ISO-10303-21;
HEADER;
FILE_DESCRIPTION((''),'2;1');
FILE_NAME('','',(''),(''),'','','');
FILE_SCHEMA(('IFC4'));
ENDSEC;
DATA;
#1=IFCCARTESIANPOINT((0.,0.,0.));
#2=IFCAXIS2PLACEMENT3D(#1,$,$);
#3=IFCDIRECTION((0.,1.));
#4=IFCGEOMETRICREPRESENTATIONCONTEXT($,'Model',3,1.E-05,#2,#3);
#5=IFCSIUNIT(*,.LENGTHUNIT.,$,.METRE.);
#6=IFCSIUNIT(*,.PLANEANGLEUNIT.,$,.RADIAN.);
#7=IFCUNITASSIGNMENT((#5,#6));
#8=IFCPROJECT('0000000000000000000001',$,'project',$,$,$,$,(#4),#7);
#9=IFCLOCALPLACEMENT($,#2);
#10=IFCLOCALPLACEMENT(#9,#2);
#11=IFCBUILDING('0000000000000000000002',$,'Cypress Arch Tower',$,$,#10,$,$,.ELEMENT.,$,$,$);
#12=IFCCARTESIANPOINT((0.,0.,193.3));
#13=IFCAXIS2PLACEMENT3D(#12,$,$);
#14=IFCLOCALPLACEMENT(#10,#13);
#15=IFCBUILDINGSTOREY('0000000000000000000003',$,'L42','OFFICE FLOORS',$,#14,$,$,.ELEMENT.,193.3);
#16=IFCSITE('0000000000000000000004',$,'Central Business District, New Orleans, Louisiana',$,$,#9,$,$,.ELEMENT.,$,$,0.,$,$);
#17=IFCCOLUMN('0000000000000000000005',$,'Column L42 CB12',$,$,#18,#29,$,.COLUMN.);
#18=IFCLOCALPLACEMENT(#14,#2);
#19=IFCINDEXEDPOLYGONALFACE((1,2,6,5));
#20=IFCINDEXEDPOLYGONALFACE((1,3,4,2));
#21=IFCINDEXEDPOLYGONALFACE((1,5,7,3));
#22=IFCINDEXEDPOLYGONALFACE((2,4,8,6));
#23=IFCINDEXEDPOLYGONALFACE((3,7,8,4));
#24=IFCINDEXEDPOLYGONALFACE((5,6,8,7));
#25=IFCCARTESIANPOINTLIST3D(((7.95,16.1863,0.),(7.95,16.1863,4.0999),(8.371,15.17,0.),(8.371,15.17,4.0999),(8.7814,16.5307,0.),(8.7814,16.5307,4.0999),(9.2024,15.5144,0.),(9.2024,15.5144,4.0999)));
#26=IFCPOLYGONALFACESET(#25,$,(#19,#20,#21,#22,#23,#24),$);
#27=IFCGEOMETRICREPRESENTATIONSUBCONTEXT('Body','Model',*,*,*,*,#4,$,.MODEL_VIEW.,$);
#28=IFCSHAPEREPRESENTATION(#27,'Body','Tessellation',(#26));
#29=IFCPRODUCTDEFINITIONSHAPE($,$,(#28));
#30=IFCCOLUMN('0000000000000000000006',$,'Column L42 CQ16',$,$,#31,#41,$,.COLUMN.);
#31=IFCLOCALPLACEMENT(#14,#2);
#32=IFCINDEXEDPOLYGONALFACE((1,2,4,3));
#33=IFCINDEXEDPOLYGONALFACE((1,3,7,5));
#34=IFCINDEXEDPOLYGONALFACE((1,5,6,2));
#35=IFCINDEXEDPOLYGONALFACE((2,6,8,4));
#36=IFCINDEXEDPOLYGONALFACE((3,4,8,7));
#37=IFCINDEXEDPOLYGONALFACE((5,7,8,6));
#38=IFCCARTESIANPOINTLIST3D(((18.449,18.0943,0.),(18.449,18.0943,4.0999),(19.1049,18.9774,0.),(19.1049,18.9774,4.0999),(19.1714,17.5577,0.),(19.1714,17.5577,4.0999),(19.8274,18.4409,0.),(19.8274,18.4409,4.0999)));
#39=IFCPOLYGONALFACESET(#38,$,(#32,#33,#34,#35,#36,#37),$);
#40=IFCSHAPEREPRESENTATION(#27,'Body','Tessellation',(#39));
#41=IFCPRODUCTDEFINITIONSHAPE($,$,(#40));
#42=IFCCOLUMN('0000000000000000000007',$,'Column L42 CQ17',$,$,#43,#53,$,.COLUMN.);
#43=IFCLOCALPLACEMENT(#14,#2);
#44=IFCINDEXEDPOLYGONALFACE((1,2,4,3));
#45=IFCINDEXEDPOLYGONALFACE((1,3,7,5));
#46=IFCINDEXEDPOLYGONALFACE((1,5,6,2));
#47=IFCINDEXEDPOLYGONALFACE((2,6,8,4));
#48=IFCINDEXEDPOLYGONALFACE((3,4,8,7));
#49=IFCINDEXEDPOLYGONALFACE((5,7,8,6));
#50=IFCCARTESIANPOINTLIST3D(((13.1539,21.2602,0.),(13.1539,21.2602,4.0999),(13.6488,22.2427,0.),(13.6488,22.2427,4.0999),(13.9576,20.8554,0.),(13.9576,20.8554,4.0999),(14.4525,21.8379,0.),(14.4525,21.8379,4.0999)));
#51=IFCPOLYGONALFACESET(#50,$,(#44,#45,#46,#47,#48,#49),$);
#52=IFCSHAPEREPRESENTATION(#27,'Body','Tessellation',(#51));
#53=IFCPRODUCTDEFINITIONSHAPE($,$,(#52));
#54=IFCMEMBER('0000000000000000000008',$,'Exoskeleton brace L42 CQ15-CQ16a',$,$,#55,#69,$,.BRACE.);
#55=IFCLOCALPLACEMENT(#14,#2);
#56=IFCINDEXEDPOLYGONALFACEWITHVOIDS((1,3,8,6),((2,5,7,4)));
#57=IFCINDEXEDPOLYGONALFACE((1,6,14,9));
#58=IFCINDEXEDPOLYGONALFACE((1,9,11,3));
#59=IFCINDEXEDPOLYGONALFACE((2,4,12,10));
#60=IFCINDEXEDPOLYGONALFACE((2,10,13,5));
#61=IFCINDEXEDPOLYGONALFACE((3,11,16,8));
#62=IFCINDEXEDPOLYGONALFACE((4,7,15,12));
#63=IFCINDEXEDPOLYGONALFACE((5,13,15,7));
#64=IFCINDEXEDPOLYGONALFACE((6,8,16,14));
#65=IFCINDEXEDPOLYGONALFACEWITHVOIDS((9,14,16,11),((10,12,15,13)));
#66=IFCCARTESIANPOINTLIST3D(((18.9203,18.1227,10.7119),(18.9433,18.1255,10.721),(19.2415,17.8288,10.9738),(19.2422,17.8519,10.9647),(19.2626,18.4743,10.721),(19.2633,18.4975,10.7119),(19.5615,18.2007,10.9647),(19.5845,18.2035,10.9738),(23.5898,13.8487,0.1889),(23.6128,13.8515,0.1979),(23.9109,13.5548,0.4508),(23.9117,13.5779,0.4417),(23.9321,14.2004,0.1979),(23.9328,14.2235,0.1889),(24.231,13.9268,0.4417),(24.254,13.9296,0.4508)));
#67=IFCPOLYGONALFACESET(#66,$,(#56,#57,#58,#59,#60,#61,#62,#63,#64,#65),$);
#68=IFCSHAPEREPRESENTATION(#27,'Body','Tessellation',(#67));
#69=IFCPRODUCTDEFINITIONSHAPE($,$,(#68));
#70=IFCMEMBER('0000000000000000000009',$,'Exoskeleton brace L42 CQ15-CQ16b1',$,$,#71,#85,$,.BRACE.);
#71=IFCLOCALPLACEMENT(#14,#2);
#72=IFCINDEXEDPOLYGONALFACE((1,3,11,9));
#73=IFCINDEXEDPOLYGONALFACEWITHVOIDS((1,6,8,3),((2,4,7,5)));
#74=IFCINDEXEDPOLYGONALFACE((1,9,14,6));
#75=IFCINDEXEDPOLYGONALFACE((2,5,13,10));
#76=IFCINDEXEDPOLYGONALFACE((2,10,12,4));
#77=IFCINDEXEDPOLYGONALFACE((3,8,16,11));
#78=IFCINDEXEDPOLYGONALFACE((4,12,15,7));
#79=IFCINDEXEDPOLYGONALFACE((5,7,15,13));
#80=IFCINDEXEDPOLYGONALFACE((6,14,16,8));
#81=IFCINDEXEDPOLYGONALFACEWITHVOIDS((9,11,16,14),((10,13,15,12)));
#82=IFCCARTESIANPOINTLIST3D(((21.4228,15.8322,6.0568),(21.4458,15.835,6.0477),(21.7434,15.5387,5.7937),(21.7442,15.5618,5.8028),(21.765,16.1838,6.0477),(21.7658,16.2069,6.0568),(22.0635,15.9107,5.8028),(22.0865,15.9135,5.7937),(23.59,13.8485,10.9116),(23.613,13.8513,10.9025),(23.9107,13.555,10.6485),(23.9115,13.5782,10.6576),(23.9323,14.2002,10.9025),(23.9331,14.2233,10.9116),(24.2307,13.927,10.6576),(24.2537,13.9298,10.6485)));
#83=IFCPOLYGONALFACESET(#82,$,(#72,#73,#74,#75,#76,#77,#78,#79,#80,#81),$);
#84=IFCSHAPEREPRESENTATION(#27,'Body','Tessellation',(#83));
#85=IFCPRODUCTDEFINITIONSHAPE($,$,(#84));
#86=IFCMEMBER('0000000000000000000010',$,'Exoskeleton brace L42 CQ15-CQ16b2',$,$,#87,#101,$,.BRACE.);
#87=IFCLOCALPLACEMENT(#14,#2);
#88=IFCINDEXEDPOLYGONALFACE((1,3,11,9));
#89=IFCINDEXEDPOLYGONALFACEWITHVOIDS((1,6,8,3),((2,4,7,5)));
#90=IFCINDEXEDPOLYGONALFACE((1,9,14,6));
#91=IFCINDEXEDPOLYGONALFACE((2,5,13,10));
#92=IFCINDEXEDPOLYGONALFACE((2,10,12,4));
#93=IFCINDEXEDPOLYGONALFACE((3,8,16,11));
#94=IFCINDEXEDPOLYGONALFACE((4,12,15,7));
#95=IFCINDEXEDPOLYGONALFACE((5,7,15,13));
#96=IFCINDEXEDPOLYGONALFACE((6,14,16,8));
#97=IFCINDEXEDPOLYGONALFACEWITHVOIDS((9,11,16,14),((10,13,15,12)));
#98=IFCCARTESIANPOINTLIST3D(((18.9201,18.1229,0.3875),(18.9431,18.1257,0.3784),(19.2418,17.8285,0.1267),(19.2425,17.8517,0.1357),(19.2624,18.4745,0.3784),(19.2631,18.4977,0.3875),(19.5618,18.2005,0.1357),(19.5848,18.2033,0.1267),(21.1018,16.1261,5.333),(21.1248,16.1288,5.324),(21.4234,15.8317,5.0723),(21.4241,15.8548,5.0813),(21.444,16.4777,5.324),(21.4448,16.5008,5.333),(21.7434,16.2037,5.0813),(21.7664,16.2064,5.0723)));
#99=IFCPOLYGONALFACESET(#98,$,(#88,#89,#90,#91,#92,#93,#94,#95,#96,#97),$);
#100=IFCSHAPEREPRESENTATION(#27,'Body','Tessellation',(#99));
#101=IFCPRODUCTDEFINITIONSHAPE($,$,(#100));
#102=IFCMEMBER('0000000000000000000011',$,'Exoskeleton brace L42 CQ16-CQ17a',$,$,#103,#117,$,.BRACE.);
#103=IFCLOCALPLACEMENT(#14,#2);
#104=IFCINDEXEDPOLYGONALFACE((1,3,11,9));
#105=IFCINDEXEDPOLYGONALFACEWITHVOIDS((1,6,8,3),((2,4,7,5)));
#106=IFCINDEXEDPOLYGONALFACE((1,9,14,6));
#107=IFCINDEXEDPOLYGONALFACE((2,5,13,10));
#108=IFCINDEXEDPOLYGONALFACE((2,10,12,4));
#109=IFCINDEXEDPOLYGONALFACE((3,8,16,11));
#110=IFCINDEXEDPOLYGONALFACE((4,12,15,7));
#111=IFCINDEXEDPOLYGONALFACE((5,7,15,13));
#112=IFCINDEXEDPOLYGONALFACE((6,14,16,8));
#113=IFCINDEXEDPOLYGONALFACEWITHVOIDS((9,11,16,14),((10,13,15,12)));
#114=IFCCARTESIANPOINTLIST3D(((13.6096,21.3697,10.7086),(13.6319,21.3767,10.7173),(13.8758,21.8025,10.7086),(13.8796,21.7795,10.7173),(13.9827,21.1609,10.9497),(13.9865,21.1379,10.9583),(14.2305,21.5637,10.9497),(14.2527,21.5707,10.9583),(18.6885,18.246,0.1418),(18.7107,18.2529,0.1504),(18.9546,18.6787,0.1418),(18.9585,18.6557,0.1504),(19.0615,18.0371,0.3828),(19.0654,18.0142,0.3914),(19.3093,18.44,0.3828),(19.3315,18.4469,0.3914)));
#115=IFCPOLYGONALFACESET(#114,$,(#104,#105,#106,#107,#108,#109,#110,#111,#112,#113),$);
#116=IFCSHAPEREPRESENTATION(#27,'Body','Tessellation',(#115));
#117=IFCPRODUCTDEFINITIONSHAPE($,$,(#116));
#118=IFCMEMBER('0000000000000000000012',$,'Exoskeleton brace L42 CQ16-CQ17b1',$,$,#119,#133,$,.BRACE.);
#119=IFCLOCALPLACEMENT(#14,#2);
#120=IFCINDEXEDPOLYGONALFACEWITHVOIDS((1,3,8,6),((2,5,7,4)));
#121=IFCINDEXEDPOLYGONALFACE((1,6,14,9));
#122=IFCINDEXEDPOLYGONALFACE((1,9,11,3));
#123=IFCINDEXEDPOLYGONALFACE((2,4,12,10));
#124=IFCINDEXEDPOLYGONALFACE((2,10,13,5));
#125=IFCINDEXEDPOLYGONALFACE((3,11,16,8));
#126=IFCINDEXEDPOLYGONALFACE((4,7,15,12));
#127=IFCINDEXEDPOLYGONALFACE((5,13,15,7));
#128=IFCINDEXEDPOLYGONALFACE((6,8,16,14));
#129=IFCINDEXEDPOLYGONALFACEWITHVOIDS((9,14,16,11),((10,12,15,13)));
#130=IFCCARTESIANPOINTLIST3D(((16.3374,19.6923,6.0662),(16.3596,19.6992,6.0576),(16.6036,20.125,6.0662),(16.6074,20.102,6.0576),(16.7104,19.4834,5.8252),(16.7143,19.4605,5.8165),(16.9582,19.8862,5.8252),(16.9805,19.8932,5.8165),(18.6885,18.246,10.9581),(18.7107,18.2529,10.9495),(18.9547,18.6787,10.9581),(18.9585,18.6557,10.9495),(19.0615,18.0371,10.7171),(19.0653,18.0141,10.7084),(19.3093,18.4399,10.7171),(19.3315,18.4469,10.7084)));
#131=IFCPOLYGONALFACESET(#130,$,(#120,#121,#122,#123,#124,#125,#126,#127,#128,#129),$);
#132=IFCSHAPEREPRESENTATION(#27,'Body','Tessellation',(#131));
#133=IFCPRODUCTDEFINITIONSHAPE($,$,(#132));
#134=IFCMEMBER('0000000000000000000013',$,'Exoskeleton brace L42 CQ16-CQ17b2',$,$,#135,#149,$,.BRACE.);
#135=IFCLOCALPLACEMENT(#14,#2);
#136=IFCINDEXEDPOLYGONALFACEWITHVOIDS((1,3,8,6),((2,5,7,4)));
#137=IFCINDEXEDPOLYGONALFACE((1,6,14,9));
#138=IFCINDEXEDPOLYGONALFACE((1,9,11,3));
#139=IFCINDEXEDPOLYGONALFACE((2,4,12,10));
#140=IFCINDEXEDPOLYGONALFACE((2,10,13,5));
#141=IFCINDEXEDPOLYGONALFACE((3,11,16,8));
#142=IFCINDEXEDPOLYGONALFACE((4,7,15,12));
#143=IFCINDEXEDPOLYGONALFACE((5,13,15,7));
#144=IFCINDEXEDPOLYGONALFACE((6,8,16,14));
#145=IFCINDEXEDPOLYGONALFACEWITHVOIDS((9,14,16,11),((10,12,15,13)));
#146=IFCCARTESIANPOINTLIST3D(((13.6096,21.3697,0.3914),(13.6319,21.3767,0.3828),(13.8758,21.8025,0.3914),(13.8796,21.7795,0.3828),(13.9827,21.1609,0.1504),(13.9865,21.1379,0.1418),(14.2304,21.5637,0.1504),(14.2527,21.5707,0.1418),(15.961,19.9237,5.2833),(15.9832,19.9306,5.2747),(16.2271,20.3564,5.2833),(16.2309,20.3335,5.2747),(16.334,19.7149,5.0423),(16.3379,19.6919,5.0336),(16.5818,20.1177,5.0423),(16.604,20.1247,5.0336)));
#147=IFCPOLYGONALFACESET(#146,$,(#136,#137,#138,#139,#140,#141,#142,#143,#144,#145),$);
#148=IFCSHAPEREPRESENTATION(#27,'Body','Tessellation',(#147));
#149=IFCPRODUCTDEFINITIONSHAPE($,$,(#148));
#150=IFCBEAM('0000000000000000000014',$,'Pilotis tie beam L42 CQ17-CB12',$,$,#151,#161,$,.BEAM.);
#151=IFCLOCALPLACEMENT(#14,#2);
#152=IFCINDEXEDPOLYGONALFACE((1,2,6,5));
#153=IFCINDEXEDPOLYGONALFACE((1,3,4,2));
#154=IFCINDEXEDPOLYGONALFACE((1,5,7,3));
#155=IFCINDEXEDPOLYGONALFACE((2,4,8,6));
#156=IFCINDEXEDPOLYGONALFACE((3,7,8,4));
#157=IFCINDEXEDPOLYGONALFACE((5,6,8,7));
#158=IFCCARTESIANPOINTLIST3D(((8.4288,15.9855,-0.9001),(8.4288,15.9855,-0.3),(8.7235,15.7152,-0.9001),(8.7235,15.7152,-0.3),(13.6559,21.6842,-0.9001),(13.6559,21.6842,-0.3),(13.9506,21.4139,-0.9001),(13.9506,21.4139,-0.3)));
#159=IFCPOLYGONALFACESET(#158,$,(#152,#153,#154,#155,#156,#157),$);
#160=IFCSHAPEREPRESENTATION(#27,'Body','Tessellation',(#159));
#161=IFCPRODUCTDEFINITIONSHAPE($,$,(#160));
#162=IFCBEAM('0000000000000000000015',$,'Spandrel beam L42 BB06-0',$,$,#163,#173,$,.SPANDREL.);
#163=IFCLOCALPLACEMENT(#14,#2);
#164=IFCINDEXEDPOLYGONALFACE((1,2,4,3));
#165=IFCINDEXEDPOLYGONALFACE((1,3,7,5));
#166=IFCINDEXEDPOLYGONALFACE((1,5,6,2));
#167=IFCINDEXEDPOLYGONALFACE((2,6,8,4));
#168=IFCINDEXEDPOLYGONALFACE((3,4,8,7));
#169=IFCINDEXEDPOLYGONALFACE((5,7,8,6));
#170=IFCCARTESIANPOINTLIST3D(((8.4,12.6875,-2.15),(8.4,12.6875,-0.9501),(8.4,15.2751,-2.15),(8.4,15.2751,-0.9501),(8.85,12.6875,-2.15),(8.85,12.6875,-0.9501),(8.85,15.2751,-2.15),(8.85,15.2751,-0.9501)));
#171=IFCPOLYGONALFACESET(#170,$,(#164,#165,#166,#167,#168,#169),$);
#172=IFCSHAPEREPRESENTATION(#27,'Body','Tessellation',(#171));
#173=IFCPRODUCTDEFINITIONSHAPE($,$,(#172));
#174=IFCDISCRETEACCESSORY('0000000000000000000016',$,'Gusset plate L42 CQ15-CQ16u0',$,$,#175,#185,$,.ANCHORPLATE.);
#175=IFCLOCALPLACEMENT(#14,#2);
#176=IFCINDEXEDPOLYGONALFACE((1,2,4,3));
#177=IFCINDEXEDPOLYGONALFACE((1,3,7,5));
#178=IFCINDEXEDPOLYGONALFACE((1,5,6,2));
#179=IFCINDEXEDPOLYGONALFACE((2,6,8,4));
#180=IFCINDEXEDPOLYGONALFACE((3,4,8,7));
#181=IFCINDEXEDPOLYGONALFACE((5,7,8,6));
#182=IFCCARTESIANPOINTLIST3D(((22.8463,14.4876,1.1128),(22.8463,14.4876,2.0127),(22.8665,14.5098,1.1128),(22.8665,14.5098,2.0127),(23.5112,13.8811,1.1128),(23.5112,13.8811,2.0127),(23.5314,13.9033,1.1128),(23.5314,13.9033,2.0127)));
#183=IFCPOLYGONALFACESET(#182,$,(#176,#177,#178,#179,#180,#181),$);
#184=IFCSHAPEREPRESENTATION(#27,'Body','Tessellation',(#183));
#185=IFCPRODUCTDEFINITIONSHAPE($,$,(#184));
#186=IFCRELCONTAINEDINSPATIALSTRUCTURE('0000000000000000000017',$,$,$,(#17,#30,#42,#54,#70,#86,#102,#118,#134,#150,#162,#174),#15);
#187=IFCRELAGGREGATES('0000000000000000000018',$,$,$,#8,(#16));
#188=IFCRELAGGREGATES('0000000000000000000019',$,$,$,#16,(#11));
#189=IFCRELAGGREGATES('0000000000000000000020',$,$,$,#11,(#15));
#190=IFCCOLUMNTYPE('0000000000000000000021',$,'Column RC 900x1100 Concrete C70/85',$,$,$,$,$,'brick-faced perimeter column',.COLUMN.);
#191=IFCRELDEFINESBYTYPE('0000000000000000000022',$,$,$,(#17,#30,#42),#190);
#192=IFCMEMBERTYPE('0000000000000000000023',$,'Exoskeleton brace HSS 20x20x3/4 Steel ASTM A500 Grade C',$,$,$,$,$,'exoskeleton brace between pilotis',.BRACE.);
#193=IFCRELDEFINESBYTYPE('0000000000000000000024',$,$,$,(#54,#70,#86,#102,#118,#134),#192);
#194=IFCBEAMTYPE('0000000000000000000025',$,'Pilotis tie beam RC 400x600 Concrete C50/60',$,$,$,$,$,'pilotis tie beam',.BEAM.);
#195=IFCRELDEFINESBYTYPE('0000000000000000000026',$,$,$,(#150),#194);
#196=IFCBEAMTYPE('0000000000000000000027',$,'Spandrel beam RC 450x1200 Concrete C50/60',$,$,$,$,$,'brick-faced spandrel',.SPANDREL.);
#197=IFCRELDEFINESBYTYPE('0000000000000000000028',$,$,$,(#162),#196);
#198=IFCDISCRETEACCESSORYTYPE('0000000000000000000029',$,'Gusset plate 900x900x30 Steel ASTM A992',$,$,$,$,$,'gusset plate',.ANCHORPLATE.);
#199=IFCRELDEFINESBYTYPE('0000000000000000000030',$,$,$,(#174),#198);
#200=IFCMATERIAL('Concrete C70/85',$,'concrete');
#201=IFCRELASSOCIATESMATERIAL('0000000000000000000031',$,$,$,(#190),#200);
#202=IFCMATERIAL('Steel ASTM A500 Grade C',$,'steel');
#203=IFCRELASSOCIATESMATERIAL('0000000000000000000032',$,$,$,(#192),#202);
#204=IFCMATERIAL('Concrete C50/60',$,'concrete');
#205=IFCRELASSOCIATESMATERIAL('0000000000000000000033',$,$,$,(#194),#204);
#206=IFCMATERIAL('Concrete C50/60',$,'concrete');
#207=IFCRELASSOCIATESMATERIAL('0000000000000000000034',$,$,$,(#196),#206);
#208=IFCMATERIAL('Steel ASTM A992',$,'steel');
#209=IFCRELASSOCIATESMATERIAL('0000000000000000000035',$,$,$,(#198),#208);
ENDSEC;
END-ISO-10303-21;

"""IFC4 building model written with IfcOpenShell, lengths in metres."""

from ifc_helpers import new_model, si_unit, direction, frame, origin, origin_2d, place, context, subcontext, project, spatial, rectangle, hollow_rectangle, extrude, material, material_profile, profile_set, type_object, element, save


model = new_model("IFC4")

# Units and contexts
model_context = context("Model", 3, precision=1e-05, world=origin(), true_north=direction((0.0, 1.0)))
body_context = subcontext(model_context, "Body", "Model", "MODEL_VIEW")
ifc_project = project(units=[si_unit("LENGTHUNIT", "METRE"), si_unit("PLANEANGLEUNIT", "RADIAN")], contexts=[model_context])

# Site, building, storey
site_placement = place(None, origin())
site = spatial("IfcSite", under=ifc_project, at=site_placement, Name="Central Business District, New Orleans, Louisiana", CompositionType="ELEMENT", RefElevation=0.0)
building_placement = place(site_placement, origin())
building = spatial("IfcBuilding", under=site, at=building_placement, Name="Cypress Arch Tower", CompositionType="ELEMENT")
storey_placement = place(building_placement, frame((0.0, 0.0, 193.3)))
storey = spatial("IfcBuildingStorey", under=building, at=storey_placement, Name="L42", Description="OFFICE FLOORS", CompositionType="ELEMENT", Elevation=193.3)

# Columns
ifc_material_1 = material(Name="Concrete C70/85", Category="concrete")
ifc_material_profile_1 = material_profile(ifc_material_1, rectangle(XDim=0.8999, YDim=1.1001, at=origin_2d()), Name="RC 900x1100")
ifc_profile_set_1 = profile_set([ifc_material_profile_1], Name="Concrete C70/85")
column_type = type_object("IfcColumnType", Name="Column RC 900x1100 Concrete C70/85", ElementType="brick-faced perimeter column", PredefinedType="COLUMN", material=ifc_profile_set_1)
for number, where, z_axis, x_axis, name in (
    (1, (8.5762, 15.8503, 0.0), (0.0, 0.0, 1.0), (-0.92388, -0.382683, 0.0), "Column L42 CB12"),
    (2, (19.1382, 18.2676, 0.0), (0.0, 0.0, 1.0), (-0.802799, 0.59625, 0.0), "Column L42 CQ16"),
    (3, (13.8032, 21.5491, 0.0), (0.0, 0.0, 1.0), (-0.893106, 0.449845, 0.0), "Column L42 CQ17"),
):
    element("IfcColumn", number, at=place(storey_placement, frame(where, z_axis=z_axis, x_axis=x_axis)), inside=storey, type_object=column_type, Name=name, PredefinedType="COLUMN", context=body_context, shape_type="SweptSolid", body=[
        extrude(rectangle(XDim=0.8999, YDim=1.1001, at=origin_2d()), origin(), (0.0, 0.0, 1.0), 4.0999),
    ])

# Members
ifc_material_2 = material(Name="Steel ASTM A500 Grade C", Category="steel")
ifc_material_profile_2 = material_profile(ifc_material_2, hollow_rectangle(XDim=0.5081, YDim=0.5081, WallThickness=0.0176, at=origin_2d()), Name="HSS 20x20x3/4")
ifc_profile_set_2 = profile_set([ifc_material_profile_2], Name="Steel ASTM A500 Grade C")
member_type = type_object("IfcMemberType", Name="Exoskeleton brace HSS 20x20x3/4 Steel ASTM A500 Grade C", ElementType="exoskeleton brace between pilotis", PredefinedType="BRACE", material=ifc_profile_set_2)
member_1_placement = place(storey_placement, frame((23.9219, 13.8892, 0.3198), z_axis=(-0.380242, 0.348035, 0.856906), x_axis=(-0.675176, -0.737657, 0.0)))
element("IfcMember", 4, at=member_1_placement, inside=storey, type_object=member_type, Name="Exoskeleton brace L42 CQ15-CQ16a", PredefinedType="BRACE", context=body_context, shape_type="SweptSolid", body=[
    extrude(hollow_rectangle(XDim=0.5081, YDim=0.5081, WallThickness=0.0176, at=origin_2d()), origin(), (0.0, 0.0, 1.0), 12.2803),
])
member_2_placement = place(storey_placement, frame((23.9219, 13.8892, 10.78), z_axis=(-0.381924, 0.34957, -0.855532), x_axis=(-0.675171, -0.737661, 0.0)))
element("IfcMember", 5, at=member_2_placement, inside=storey, type_object=member_type, Name="Exoskeleton brace L42 CQ15-CQ16b1", PredefinedType="BRACE", context=body_context, shape_type="SweptSolid", body=[
    extrude(hollow_rectangle(XDim=0.5081, YDim=0.5081, WallThickness=0.0176, at=origin_2d()), origin(), (0.0, 0.0, 1.0), 5.6746),
])
member_3_placement = place(storey_placement, frame((19.2524, 18.1631, 0.2571), z_axis=(0.378598, -0.346526, 0.858244), x_axis=(0.675171, 0.737661, 0.0)))
element("IfcMember", 6, at=member_3_placement, inside=storey, type_object=member_type, Name="Exoskeleton brace L42 CQ15-CQ16b2", PredefinedType="BRACE", context=body_context, shape_type="SweptSolid", body=[
    extrude(hollow_rectangle(XDim=0.5081, YDim=0.5081, WallThickness=0.0176, at=origin_2d()), origin(), (0.0, 0.0, 1.0), 5.7625),
])
member_4_placement = place(storey_placement, frame((19.01, 18.3464, 0.2666), z_axis=(-0.418595, 0.257459, 0.870915), x_axis=(-0.523894, -0.851783, 0.0)))
element("IfcMember", 7, at=member_4_placement, inside=storey, type_object=member_type, Name="Exoskeleton brace L42 CQ16-CQ17a", PredefinedType="BRACE", context=body_context, shape_type="SweptSolid", body=[
    extrude(hollow_rectangle(XDim=0.5081, YDim=0.5081, WallThickness=0.0176, at=origin_2d()), origin(), (0.0, 0.0, 1.0), 12.1331),
])
for number, where, z_axis, x_axis, name in (
    (8, (19.01, 18.3464, 10.8333), (-0.418572, 0.257489, -0.870917), (-0.523959, -0.851743, 0.0), "Exoskeleton brace L42 CQ16-CQ17b1"),
    (9, (13.9312, 21.4702, 0.2666), (0.418613, -0.257444, 0.870911), (0.523856, 0.851807, 0.0), "Exoskeleton brace L42 CQ16-CQ17b2"),
):
    element("IfcMember", number, at=place(storey_placement, frame(where, z_axis=z_axis, x_axis=x_axis)), inside=storey, type_object=member_type, Name=name, PredefinedType="BRACE", context=body_context, shape_type="SweptSolid", body=[
        extrude(hollow_rectangle(XDim=0.5081, YDim=0.5081, WallThickness=0.0176, at=origin_2d()), origin(), (0.0, 0.0, 1.0), 5.6169),
    ])

# Beams
ifc_material_3 = material(Name="Concrete C50/60", Category="concrete")
ifc_material_profile_3 = material_profile(ifc_material_3, rectangle(XDim=0.3999, YDim=0.6001, at=origin_2d()), Name="RC 400x600")
ifc_profile_set_3 = profile_set([ifc_material_profile_3], Name="Concrete C50/60")
beam_type_1 = type_object("IfcBeamType", Name="Pilotis tie beam RC 400x600 Concrete C50/60", ElementType="pilotis tie beam", PredefinedType="BEAM", material=ifc_profile_set_3)
beam_1_placement = place(storey_placement, frame((13.8032, 21.5491, -0.6001), z_axis=(-0.67595, -0.736947, 0.0), x_axis=(0.736947, -0.67595, 0.0)))
element("IfcBeam", 10, at=beam_1_placement, inside=storey, type_object=beam_type_1, Name="Pilotis tie beam L42 CQ17-CB12", PredefinedType="BEAM", context=body_context, shape_type="SweptSolid", body=[
    extrude(rectangle(XDim=0.3999, YDim=0.6001, at=origin_2d()), origin(), (0.0, 0.0, 1.0), 7.7329),
])
ifc_material_4 = material(Name="Concrete C50/60", Category="concrete")
ifc_material_profile_4 = material_profile(ifc_material_4, rectangle(XDim=0.45, YDim=1.2, at=origin_2d()), Name="RC 450x1200")
ifc_profile_set_4 = profile_set([ifc_material_profile_4], Name="Concrete C50/60")
beam_type_2 = type_object("IfcBeamType", Name="Spandrel beam RC 450x1200 Concrete C50/60", ElementType="brick-faced spandrel", PredefinedType="SPANDREL", material=ifc_profile_set_4)
beam_2_placement = place(storey_placement, frame((8.625, 15.2751, -1.55), z_axis=(0.0, -1.0, 0.0), x_axis=(1.0, 0.0, 0.0)))
element("IfcBeam", 11, at=beam_2_placement, inside=storey, type_object=beam_type_2, Name="Spandrel beam L42 BB06-0", PredefinedType="SPANDREL", context=body_context, shape_type="SweptSolid", body=[
    extrude(rectangle(XDim=0.45, YDim=1.2, at=origin_2d()), origin(), (0.0, 0.0, 1.0), 2.5876),
])

# Discrete accessory
ifc_material_5 = material(Name="Steel ASTM A992", Category="steel")
ifc_material_profile_5 = material_profile(ifc_material_5, rectangle(XDim=0.8999, YDim=0.8999, at=origin_2d()), Name="PL 30 900x900")
ifc_profile_set_5 = profile_set([ifc_material_profile_5], Name="Steel ASTM A992")
discrete_accessory_type_1 = type_object("IfcDiscreteAccessoryType", Name="Gusset plate 900x900x30 Steel ASTM A992", ElementType="gusset plate", PredefinedType="ANCHORPLATE", material=ifc_profile_set_5)
discrete_accessory_1_placement = place(storey_placement, frame((23.199, 14.2065, 1.5627), z_axis=(-0.673884, -0.738837, 0.0), x_axis=(0.738837, -0.673884, 0.0)))
element("IfcDiscreteAccessory", 12, at=discrete_accessory_1_placement, inside=storey, type_object=discrete_accessory_type_1, Name="Gusset plate L42 CQ15-CQ16u0", PredefinedType="ANCHORPLATE", context=body_context, shape_type="SweptSolid", body=[
    extrude(rectangle(XDim=0.8999, YDim=0.8999, at=origin_2d()), origin(), (0.0, 0.0, 1.0), 0.03),
])

save(model, "model.ifc")
